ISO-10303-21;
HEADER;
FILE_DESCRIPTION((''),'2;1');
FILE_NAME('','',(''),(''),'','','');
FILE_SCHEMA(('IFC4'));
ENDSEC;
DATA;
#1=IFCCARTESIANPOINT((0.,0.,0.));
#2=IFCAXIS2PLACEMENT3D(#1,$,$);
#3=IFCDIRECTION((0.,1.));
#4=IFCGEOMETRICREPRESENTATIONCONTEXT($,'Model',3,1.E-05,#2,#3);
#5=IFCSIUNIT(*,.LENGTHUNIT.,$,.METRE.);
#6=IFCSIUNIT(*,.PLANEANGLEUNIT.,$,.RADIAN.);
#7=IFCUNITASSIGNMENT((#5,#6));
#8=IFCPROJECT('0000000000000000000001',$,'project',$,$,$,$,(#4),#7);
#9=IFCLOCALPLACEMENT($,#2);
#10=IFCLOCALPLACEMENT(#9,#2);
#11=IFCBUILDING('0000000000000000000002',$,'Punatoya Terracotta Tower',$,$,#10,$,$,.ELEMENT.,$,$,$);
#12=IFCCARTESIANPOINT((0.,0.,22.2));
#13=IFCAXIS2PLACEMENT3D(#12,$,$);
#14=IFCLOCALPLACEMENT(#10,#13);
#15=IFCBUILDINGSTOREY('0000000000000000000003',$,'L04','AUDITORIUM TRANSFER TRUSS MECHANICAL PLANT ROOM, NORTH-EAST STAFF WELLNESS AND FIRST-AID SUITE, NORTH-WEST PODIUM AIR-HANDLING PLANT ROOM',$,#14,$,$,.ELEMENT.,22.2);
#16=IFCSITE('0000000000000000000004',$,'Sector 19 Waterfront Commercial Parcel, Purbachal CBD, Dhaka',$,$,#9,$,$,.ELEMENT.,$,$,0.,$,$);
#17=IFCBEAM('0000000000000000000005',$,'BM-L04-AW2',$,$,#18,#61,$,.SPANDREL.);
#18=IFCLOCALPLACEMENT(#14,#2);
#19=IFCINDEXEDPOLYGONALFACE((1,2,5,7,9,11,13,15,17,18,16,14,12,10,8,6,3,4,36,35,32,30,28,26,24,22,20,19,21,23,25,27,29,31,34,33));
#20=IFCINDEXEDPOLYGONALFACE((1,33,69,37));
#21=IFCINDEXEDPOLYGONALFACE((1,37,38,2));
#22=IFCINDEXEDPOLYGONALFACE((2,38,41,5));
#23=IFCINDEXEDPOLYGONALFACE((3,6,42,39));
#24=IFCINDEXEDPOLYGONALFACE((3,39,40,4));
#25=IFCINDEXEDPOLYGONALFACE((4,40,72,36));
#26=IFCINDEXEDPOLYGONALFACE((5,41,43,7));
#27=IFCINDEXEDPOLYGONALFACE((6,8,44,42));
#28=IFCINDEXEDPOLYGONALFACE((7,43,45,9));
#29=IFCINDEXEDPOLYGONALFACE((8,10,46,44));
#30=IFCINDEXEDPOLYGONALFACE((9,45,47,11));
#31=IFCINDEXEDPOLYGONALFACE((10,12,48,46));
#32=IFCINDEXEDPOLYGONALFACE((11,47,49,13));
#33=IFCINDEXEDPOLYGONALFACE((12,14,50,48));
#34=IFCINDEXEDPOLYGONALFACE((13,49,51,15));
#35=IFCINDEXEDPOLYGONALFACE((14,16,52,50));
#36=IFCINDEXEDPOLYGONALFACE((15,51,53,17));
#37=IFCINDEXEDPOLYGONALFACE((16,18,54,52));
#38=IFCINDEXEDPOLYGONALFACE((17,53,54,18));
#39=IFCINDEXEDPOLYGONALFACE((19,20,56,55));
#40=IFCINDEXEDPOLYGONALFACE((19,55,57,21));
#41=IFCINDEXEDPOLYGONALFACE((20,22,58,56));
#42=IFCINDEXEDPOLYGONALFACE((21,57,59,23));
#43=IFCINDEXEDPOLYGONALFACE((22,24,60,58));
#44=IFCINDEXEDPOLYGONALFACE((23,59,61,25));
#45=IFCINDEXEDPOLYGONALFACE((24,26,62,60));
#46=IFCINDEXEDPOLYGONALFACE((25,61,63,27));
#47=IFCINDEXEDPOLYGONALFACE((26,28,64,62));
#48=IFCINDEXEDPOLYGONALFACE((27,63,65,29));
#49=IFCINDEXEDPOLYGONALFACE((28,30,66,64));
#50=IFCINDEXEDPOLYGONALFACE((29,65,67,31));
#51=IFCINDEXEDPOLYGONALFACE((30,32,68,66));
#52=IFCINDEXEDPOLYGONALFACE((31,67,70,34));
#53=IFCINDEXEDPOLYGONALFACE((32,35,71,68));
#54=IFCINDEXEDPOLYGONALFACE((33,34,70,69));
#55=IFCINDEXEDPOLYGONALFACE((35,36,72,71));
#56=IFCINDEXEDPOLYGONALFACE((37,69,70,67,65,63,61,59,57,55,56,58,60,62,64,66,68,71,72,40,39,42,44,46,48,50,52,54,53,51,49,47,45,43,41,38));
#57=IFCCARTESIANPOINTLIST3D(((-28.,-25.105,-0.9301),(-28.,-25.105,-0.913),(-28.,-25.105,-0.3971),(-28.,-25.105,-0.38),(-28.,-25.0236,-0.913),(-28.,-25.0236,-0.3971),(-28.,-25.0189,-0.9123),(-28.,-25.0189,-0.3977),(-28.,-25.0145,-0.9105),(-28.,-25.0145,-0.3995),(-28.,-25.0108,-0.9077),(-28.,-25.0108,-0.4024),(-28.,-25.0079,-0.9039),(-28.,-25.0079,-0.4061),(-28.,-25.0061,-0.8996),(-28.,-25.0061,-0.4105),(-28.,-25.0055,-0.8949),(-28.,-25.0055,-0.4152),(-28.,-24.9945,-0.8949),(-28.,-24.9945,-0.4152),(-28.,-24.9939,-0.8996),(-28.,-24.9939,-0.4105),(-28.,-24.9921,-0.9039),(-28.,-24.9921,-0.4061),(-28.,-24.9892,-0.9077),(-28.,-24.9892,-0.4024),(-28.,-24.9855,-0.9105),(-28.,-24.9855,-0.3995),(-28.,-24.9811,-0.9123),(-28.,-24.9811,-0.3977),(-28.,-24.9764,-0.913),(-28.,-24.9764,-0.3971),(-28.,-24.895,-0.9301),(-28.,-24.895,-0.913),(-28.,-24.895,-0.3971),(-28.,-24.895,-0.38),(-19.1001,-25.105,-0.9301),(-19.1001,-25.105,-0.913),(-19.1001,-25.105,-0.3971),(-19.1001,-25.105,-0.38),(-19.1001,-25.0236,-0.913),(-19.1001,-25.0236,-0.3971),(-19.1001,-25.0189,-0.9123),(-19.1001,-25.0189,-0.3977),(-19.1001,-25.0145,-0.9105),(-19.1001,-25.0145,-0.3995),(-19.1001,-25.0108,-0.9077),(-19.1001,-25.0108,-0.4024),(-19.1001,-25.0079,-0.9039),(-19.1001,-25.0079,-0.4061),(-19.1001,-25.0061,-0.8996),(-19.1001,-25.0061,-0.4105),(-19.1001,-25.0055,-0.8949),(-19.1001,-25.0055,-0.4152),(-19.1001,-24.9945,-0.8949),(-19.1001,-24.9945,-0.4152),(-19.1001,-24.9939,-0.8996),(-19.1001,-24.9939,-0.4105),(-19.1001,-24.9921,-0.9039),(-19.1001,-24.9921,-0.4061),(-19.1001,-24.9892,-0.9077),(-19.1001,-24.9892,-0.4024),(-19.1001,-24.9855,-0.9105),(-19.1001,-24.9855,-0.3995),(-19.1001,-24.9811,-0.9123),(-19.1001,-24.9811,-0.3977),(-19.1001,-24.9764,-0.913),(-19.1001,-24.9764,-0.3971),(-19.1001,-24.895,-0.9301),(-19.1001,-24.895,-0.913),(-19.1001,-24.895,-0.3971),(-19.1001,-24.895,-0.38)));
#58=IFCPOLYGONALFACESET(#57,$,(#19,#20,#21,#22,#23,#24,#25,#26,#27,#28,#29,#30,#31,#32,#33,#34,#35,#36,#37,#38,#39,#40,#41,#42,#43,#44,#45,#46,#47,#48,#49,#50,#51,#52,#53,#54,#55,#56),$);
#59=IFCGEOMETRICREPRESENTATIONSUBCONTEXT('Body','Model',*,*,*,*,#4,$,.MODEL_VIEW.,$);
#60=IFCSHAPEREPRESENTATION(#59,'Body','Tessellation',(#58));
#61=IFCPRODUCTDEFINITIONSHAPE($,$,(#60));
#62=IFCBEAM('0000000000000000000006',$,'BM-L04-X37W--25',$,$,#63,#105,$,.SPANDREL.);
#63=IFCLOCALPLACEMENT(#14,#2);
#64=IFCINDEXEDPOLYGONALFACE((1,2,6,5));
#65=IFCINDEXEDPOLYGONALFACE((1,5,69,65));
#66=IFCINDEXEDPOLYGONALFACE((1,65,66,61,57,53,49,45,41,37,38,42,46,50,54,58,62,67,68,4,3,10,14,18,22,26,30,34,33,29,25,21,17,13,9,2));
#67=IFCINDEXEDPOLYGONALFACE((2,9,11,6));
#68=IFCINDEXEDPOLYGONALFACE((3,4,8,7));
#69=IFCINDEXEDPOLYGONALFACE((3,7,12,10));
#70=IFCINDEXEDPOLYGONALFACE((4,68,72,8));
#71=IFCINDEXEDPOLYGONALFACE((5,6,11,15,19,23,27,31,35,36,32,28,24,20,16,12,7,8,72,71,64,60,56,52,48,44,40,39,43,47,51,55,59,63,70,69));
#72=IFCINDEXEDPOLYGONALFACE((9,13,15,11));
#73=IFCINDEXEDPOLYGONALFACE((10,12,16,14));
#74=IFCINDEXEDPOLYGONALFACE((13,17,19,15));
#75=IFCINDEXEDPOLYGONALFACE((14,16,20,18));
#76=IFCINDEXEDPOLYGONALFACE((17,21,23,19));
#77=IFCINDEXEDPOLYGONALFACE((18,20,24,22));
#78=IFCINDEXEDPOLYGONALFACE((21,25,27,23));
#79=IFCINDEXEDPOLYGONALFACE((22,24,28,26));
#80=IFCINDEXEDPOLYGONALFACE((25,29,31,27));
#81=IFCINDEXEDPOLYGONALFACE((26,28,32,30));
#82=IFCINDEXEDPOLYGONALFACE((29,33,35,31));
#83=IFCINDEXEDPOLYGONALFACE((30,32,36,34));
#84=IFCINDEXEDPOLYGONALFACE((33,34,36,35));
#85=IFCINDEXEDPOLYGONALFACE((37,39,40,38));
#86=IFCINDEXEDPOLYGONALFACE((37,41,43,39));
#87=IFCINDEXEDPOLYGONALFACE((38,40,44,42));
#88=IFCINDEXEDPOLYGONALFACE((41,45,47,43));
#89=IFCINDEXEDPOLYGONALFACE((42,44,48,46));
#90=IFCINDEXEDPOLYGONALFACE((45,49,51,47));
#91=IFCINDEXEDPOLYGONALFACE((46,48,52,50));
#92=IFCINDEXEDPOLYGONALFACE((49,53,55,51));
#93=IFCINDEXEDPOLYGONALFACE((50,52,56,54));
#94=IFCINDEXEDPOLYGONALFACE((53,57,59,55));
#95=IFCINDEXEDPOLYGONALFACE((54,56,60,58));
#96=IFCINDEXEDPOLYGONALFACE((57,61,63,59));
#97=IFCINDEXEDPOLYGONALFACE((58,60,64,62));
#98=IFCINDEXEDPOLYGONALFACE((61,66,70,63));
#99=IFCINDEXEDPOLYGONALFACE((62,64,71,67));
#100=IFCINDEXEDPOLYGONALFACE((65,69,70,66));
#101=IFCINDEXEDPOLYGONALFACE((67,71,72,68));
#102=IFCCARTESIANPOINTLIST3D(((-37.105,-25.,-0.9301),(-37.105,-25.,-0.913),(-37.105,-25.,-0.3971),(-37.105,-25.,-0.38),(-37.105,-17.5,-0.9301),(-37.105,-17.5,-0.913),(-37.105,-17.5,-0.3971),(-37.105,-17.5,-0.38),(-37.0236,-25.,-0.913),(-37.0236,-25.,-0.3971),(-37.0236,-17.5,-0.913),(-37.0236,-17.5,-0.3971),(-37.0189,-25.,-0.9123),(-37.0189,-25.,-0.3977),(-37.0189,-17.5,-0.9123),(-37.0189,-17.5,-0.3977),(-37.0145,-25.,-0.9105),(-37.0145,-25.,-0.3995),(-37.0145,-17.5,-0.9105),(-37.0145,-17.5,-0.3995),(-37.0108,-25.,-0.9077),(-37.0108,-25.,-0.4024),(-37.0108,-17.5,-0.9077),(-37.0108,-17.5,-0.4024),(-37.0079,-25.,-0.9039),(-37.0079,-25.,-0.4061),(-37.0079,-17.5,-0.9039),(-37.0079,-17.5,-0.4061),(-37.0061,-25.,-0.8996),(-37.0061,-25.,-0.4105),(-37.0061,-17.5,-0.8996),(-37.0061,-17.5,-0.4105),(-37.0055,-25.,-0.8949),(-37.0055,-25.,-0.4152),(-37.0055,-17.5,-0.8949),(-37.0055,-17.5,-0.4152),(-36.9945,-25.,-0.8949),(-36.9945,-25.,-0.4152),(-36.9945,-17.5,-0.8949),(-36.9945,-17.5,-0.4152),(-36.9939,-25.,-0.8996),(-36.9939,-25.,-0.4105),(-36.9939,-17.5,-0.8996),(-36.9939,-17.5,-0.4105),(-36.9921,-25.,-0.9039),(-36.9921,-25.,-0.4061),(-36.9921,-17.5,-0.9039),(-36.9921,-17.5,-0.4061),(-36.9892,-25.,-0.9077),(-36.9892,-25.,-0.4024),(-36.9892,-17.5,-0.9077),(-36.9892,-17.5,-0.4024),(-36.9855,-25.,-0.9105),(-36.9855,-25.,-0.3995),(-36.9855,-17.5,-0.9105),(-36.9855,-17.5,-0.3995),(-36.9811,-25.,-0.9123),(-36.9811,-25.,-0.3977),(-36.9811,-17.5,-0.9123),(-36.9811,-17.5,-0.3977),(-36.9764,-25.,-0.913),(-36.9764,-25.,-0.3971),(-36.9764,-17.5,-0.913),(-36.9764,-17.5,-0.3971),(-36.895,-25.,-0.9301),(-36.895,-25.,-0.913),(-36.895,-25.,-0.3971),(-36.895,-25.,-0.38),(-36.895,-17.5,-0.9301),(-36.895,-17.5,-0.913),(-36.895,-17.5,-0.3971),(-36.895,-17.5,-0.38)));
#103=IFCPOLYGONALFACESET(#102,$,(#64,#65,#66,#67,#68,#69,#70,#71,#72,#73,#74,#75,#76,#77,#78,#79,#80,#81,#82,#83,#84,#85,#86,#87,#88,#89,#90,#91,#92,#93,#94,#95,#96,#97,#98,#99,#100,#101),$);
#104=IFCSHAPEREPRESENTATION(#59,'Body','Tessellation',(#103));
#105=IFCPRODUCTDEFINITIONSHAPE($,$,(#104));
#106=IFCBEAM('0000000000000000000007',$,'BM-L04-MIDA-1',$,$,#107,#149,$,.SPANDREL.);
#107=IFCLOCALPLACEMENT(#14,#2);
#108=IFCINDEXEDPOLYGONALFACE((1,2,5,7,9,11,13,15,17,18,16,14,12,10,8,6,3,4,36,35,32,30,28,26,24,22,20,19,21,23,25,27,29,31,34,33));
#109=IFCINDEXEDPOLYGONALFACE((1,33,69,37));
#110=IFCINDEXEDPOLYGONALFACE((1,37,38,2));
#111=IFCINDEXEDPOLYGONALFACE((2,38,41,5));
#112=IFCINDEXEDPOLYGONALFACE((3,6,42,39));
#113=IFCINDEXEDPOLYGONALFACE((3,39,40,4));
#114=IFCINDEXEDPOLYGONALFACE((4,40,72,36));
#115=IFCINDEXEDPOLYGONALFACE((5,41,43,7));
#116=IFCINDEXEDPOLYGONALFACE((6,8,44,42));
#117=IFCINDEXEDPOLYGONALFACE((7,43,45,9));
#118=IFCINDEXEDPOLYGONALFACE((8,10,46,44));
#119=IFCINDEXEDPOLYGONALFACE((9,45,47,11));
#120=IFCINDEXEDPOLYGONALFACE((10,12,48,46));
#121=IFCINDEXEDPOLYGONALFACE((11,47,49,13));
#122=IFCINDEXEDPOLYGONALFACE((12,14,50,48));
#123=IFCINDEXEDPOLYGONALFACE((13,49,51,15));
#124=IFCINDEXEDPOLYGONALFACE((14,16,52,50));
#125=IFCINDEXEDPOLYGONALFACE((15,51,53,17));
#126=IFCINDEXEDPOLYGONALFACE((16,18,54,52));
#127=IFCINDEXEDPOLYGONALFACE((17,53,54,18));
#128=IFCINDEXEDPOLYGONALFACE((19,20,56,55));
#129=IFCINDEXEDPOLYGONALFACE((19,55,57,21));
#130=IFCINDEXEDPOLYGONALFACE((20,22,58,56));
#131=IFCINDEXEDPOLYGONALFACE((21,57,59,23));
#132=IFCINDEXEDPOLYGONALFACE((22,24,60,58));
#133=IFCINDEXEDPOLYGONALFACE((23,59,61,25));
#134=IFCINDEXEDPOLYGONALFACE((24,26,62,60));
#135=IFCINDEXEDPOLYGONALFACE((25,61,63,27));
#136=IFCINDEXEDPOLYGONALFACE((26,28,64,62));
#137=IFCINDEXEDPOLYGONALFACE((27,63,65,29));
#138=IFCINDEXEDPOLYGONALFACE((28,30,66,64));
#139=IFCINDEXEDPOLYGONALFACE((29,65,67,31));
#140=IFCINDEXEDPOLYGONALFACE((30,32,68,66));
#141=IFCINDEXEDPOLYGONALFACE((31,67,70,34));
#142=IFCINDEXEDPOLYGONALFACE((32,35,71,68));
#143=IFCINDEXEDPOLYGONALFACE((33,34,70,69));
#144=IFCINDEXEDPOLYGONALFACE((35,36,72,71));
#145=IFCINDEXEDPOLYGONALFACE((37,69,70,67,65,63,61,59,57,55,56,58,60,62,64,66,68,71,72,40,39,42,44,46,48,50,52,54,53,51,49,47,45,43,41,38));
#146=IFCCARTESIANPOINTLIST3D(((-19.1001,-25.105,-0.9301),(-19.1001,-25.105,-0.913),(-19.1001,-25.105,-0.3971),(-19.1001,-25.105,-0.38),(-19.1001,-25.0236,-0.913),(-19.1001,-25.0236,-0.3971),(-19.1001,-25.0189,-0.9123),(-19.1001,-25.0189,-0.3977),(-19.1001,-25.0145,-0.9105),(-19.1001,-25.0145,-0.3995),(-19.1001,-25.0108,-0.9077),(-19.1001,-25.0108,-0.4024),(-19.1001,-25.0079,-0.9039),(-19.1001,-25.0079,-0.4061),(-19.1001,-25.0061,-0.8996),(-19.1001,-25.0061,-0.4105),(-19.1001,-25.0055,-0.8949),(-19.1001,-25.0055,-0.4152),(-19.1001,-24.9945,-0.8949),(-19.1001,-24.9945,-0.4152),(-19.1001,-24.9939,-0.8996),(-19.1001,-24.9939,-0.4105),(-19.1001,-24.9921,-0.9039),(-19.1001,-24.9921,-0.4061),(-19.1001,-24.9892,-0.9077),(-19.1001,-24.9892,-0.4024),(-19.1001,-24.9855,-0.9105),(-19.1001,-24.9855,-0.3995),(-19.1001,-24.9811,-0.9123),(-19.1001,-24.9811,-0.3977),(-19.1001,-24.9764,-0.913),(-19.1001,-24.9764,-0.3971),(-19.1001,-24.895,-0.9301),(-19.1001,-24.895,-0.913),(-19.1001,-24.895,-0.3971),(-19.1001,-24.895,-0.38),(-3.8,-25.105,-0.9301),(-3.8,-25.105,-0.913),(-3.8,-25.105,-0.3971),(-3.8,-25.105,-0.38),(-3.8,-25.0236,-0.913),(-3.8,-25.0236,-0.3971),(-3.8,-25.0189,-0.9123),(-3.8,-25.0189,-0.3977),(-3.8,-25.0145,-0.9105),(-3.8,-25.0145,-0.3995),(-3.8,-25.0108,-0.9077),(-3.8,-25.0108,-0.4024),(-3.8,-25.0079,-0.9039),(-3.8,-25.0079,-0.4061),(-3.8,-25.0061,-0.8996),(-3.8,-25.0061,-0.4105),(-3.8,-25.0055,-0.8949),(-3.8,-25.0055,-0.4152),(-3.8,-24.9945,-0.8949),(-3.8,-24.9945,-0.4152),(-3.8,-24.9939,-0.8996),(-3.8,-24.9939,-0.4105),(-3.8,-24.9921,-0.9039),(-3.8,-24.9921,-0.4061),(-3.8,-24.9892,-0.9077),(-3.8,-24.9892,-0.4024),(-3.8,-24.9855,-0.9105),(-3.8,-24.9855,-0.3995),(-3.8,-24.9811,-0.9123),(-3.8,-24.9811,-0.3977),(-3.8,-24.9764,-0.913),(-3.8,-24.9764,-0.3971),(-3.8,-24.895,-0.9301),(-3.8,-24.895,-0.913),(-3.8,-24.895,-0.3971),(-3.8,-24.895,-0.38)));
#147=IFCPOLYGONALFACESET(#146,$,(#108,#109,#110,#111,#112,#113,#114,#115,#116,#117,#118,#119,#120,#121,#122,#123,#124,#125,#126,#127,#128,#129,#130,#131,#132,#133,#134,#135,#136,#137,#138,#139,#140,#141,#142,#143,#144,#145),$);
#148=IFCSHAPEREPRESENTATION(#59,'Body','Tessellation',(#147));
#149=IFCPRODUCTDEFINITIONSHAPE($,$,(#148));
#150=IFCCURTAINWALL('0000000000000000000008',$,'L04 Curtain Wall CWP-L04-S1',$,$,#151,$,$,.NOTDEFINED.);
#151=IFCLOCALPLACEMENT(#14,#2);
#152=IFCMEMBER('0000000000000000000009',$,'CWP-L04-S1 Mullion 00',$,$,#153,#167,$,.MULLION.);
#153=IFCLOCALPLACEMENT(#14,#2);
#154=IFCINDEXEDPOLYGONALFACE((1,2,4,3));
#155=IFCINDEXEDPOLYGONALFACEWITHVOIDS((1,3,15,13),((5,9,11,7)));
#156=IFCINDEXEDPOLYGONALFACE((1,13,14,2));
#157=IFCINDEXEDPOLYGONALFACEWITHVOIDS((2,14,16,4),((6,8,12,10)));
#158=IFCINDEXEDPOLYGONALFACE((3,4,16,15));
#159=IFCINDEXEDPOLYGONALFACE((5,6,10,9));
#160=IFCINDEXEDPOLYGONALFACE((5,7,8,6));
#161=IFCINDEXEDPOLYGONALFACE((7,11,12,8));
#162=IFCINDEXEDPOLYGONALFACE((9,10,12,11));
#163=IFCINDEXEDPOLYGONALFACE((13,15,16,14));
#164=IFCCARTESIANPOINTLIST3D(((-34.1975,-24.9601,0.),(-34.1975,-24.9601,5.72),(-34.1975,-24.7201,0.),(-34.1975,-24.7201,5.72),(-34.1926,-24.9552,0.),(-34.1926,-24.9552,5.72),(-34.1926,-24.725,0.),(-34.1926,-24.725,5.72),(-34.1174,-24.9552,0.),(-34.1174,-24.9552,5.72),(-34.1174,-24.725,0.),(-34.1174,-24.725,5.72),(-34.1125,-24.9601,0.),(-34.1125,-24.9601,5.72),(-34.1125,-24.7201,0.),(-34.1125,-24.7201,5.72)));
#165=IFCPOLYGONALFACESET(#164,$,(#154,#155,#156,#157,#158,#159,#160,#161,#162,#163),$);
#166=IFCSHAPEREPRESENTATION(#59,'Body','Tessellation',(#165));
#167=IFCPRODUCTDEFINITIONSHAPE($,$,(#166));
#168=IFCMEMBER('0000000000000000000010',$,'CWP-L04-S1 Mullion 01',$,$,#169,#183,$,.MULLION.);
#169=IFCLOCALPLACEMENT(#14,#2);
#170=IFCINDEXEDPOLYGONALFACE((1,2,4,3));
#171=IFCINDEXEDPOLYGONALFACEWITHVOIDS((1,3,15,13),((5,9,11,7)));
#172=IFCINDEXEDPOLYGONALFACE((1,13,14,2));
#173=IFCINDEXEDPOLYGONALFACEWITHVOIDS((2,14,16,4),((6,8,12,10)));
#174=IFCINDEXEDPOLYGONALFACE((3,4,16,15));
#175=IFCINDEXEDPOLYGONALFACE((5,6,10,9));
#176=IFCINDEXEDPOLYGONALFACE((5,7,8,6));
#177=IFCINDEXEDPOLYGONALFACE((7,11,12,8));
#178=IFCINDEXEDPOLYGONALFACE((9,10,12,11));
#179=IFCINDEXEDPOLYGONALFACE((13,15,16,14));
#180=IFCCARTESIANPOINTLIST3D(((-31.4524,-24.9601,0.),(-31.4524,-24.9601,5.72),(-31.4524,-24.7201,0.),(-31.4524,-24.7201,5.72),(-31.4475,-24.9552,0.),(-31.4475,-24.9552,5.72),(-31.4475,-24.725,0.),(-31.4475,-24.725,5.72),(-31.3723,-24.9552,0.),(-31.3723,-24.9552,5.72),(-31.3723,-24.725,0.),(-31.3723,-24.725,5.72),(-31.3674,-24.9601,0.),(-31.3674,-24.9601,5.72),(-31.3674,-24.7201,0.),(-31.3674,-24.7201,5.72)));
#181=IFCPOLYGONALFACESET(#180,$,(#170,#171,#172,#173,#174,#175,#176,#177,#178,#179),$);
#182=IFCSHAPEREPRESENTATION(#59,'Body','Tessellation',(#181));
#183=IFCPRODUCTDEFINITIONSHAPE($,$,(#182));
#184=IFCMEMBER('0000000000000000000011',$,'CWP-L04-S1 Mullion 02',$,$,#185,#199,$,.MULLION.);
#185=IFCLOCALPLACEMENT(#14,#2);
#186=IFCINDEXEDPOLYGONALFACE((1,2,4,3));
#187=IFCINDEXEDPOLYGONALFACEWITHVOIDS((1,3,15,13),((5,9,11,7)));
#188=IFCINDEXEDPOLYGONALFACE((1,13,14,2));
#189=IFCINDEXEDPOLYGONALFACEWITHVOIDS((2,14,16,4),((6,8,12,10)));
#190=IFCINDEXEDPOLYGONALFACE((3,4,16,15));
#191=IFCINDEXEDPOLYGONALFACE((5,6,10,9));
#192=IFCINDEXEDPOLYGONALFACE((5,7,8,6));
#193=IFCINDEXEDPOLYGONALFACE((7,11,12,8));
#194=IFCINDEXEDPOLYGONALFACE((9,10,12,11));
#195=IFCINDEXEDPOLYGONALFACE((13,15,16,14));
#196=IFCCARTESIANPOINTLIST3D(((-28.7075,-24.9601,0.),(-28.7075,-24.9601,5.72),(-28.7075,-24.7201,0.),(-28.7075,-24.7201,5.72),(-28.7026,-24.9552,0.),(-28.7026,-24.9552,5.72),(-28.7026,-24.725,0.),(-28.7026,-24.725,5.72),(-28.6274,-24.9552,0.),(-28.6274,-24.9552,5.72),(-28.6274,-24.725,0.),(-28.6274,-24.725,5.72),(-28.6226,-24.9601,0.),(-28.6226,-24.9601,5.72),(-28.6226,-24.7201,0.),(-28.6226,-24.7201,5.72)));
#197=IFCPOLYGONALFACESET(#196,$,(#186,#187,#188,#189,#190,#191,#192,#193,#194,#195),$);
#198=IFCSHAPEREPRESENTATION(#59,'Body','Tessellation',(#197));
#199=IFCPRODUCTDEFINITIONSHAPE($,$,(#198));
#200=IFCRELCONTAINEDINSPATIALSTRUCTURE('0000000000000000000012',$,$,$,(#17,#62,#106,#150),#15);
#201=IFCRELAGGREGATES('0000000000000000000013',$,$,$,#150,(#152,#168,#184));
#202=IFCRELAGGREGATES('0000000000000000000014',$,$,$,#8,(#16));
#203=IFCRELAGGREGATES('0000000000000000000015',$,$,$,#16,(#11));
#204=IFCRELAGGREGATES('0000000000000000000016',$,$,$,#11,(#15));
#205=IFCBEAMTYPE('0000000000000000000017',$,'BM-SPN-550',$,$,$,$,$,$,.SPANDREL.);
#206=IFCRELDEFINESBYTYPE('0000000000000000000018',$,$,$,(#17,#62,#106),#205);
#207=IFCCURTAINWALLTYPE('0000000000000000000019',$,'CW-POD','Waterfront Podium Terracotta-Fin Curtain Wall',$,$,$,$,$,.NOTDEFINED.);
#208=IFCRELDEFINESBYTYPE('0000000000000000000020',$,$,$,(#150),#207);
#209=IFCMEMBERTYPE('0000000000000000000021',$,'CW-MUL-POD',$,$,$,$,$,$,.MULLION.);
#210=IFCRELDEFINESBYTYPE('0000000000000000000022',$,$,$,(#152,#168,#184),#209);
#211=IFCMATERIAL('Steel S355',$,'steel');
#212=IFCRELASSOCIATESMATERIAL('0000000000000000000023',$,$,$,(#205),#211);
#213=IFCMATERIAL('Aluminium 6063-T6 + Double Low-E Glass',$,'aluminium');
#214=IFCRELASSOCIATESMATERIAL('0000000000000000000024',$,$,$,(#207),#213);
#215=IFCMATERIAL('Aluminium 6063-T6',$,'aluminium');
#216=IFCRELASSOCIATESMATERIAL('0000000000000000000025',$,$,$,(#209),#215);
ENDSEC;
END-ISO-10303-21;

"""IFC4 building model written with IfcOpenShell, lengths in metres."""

from ifc_helpers import new_model, si_unit, direction, frame, origin, origin_2d, place, context, subcontext, project, spatial, hollow_rectangle, i_section, extrude, material, material_profile, profile_set, type_object, element, aggregate, save


model = new_model("IFC4")

# Units and contexts
model_context = context("Model", 3, precision=1e-05, world=origin(), true_north=direction((0.0, 1.0)))
body_context = subcontext(model_context, "Body", "Model", "MODEL_VIEW")
ifc_project = project(units=[si_unit("LENGTHUNIT", "METRE"), si_unit("PLANEANGLEUNIT", "RADIAN")], contexts=[model_context])

# Site, building, storey
site_placement = place(None, origin())
site = spatial("IfcSite", under=ifc_project, at=site_placement, Name="Sector 19 Waterfront Commercial Parcel, Purbachal CBD, Dhaka", CompositionType="ELEMENT", RefElevation=0.0)
building_placement = place(site_placement, origin())
building = spatial("IfcBuilding", under=site, at=building_placement, Name="Punatoya Terracotta Tower", CompositionType="ELEMENT")
storey_placement = place(building_placement, frame((0.0, 0.0, 22.2)))
storey = spatial("IfcBuildingStorey", under=building, at=storey_placement, Name="L04", Description="AUDITORIUM TRANSFER TRUSS MECHANICAL PLANT ROOM, NORTH-EAST STAFF WELLNESS AND FIRST-AID SUITE, NORTH-WEST PODIUM AIR-HANDLING PLANT ROOM", CompositionType="ELEMENT", Elevation=22.2)

# Beams
ifc_material_1 = material(Name="Steel S355", Category="steel")
ifc_material_profile_1 = material_profile(ifc_material_1, i_section(OverallWidth=0.21, OverallDepth=0.55, WebThickness=0.011, FlangeThickness=0.0171, FilletRadius=0.0181, at=origin_2d()))
ifc_profile_set_1 = profile_set([ifc_material_profile_1], Name="Steel S355")
beam_type_1 = type_object("IfcBeamType", Name="BM-SPN-550", PredefinedType="SPANDREL", material=ifc_profile_set_1)
beam_1_placement = place(storey_placement, frame((-28.0, -25.0, -0.655), z_axis=(1.0, 0.0, 0.0), x_axis=(0.0, 1.0, 0.0)))
element("IfcBeam", 1, at=beam_1_placement, inside=storey, type_object=beam_type_1, Name="BM-L04-AW2", PredefinedType="SPANDREL", context=body_context, shape_type="SweptSolid", body=[
    extrude(i_section(OverallWidth=0.21, OverallDepth=0.55, WebThickness=0.011, FlangeThickness=0.0171, FilletRadius=0.0181, at=origin_2d()), origin(), (0.0, 0.0, 1.0), 8.8999),
])
beam_2_placement = place(storey_placement, frame((-37.0, -25.0, -0.655), z_axis=(0.0, 1.0, 0.0), x_axis=(-1.0, 0.0, 0.0)))
element("IfcBeam", 2, at=beam_2_placement, inside=storey, type_object=beam_type_1, Name="BM-L04-X37W--25", PredefinedType="SPANDREL", context=body_context, shape_type="SweptSolid", body=[
    extrude(i_section(OverallWidth=0.21, OverallDepth=0.55, WebThickness=0.011, FlangeThickness=0.0171, FilletRadius=0.0181, at=origin_2d()), origin(), (0.0, 0.0, 1.0), 7.5),
])
beam_3_placement = place(storey_placement, frame((-19.1001, -25.0, -0.655), z_axis=(1.0, 0.0, 0.0), x_axis=(0.0, 1.0, 0.0)))
element("IfcBeam", 3, at=beam_3_placement, inside=storey, type_object=beam_type_1, Name="BM-L04-MIDA-1", PredefinedType="SPANDREL", context=body_context, shape_type="SweptSolid", body=[
    extrude(i_section(OverallWidth=0.21, OverallDepth=0.55, WebThickness=0.011, FlangeThickness=0.0171, FilletRadius=0.0181, at=origin_2d()), origin(), (0.0, 0.0, 1.0), 15.3),
])

# Curtain wall, members
ifc_material_2 = material(Name="Aluminium 6063-T6 + Double Low-E Glass", Category="aluminium")
curtain_wall_type = type_object("IfcCurtainWallType", Name="CW-POD", Description="Waterfront Podium Terracotta-Fin Curtain Wall", PredefinedType="NOTDEFINED", material=ifc_material_2)
curtain_wall_1_placement = place(storey_placement, origin())
curtain_wall_1 = element("IfcCurtainWall", 4, at=curtain_wall_1_placement, inside=storey, type_object=curtain_wall_type, Name="L04 Curtain Wall CWP-L04-S1", PredefinedType="NOTDEFINED")
ifc_material_3 = material(Name="Aluminium 6063-T6", Category="aluminium")
ifc_material_profile_2 = material_profile(ifc_material_3, hollow_rectangle(XDim=0.085, YDim=0.24, WallThickness=0.0049, at=origin_2d()))
ifc_profile_set_2 = profile_set([ifc_material_profile_2], Name="Aluminium 6063-T6")
member_type_1 = type_object("IfcMemberType", Name="CW-MUL-POD", PredefinedType="MULLION", material=ifc_profile_set_2)
member_1_placement = place(storey_placement, frame((-34.155, -24.8401, 0.0), z_axis=(0.0, 0.0, 1.0), x_axis=(1.0, 0.0, 0.0)))
member_1 = element("IfcMember", 5, at=member_1_placement, type_object=member_type_1, Name="CWP-L04-S1 Mullion 00", PredefinedType="MULLION", context=body_context, shape_type="SweptSolid", body=[
    extrude(hollow_rectangle(XDim=0.085, YDim=0.24, WallThickness=0.0049, at=origin_2d()), origin(), (0.0, 0.0, 1.0), 5.72),
])
member_2_placement = place(storey_placement, frame((-31.4099, -24.8401, 0.0), z_axis=(0.0, 0.0, 1.0), x_axis=(1.0, 0.0, 0.0)))
member_2 = element("IfcMember", 6, at=member_2_placement, type_object=member_type_1, Name="CWP-L04-S1 Mullion 01", PredefinedType="MULLION", context=body_context, shape_type="SweptSolid", body=[
    extrude(hollow_rectangle(XDim=0.085, YDim=0.24, WallThickness=0.0049, at=origin_2d()), origin(), (0.0, 0.0, 1.0), 5.72),
])
member_3_placement = place(storey_placement, frame((-28.665, -24.8401, 0.0), z_axis=(0.0, 0.0, 1.0), x_axis=(1.0, 0.0, 0.0)))
member_3 = element("IfcMember", 7, at=member_3_placement, type_object=member_type_1, Name="CWP-L04-S1 Mullion 02", PredefinedType="MULLION", context=body_context, shape_type="SweptSolid", body=[
    extrude(hollow_rectangle(XDim=0.085, YDim=0.24, WallThickness=0.0049, at=origin_2d()), origin(), (0.0, 0.0, 1.0), 5.72),
])

aggregate(curtain_wall_1, [member_1, member_2, member_3])

save(model, "model.ifc")
